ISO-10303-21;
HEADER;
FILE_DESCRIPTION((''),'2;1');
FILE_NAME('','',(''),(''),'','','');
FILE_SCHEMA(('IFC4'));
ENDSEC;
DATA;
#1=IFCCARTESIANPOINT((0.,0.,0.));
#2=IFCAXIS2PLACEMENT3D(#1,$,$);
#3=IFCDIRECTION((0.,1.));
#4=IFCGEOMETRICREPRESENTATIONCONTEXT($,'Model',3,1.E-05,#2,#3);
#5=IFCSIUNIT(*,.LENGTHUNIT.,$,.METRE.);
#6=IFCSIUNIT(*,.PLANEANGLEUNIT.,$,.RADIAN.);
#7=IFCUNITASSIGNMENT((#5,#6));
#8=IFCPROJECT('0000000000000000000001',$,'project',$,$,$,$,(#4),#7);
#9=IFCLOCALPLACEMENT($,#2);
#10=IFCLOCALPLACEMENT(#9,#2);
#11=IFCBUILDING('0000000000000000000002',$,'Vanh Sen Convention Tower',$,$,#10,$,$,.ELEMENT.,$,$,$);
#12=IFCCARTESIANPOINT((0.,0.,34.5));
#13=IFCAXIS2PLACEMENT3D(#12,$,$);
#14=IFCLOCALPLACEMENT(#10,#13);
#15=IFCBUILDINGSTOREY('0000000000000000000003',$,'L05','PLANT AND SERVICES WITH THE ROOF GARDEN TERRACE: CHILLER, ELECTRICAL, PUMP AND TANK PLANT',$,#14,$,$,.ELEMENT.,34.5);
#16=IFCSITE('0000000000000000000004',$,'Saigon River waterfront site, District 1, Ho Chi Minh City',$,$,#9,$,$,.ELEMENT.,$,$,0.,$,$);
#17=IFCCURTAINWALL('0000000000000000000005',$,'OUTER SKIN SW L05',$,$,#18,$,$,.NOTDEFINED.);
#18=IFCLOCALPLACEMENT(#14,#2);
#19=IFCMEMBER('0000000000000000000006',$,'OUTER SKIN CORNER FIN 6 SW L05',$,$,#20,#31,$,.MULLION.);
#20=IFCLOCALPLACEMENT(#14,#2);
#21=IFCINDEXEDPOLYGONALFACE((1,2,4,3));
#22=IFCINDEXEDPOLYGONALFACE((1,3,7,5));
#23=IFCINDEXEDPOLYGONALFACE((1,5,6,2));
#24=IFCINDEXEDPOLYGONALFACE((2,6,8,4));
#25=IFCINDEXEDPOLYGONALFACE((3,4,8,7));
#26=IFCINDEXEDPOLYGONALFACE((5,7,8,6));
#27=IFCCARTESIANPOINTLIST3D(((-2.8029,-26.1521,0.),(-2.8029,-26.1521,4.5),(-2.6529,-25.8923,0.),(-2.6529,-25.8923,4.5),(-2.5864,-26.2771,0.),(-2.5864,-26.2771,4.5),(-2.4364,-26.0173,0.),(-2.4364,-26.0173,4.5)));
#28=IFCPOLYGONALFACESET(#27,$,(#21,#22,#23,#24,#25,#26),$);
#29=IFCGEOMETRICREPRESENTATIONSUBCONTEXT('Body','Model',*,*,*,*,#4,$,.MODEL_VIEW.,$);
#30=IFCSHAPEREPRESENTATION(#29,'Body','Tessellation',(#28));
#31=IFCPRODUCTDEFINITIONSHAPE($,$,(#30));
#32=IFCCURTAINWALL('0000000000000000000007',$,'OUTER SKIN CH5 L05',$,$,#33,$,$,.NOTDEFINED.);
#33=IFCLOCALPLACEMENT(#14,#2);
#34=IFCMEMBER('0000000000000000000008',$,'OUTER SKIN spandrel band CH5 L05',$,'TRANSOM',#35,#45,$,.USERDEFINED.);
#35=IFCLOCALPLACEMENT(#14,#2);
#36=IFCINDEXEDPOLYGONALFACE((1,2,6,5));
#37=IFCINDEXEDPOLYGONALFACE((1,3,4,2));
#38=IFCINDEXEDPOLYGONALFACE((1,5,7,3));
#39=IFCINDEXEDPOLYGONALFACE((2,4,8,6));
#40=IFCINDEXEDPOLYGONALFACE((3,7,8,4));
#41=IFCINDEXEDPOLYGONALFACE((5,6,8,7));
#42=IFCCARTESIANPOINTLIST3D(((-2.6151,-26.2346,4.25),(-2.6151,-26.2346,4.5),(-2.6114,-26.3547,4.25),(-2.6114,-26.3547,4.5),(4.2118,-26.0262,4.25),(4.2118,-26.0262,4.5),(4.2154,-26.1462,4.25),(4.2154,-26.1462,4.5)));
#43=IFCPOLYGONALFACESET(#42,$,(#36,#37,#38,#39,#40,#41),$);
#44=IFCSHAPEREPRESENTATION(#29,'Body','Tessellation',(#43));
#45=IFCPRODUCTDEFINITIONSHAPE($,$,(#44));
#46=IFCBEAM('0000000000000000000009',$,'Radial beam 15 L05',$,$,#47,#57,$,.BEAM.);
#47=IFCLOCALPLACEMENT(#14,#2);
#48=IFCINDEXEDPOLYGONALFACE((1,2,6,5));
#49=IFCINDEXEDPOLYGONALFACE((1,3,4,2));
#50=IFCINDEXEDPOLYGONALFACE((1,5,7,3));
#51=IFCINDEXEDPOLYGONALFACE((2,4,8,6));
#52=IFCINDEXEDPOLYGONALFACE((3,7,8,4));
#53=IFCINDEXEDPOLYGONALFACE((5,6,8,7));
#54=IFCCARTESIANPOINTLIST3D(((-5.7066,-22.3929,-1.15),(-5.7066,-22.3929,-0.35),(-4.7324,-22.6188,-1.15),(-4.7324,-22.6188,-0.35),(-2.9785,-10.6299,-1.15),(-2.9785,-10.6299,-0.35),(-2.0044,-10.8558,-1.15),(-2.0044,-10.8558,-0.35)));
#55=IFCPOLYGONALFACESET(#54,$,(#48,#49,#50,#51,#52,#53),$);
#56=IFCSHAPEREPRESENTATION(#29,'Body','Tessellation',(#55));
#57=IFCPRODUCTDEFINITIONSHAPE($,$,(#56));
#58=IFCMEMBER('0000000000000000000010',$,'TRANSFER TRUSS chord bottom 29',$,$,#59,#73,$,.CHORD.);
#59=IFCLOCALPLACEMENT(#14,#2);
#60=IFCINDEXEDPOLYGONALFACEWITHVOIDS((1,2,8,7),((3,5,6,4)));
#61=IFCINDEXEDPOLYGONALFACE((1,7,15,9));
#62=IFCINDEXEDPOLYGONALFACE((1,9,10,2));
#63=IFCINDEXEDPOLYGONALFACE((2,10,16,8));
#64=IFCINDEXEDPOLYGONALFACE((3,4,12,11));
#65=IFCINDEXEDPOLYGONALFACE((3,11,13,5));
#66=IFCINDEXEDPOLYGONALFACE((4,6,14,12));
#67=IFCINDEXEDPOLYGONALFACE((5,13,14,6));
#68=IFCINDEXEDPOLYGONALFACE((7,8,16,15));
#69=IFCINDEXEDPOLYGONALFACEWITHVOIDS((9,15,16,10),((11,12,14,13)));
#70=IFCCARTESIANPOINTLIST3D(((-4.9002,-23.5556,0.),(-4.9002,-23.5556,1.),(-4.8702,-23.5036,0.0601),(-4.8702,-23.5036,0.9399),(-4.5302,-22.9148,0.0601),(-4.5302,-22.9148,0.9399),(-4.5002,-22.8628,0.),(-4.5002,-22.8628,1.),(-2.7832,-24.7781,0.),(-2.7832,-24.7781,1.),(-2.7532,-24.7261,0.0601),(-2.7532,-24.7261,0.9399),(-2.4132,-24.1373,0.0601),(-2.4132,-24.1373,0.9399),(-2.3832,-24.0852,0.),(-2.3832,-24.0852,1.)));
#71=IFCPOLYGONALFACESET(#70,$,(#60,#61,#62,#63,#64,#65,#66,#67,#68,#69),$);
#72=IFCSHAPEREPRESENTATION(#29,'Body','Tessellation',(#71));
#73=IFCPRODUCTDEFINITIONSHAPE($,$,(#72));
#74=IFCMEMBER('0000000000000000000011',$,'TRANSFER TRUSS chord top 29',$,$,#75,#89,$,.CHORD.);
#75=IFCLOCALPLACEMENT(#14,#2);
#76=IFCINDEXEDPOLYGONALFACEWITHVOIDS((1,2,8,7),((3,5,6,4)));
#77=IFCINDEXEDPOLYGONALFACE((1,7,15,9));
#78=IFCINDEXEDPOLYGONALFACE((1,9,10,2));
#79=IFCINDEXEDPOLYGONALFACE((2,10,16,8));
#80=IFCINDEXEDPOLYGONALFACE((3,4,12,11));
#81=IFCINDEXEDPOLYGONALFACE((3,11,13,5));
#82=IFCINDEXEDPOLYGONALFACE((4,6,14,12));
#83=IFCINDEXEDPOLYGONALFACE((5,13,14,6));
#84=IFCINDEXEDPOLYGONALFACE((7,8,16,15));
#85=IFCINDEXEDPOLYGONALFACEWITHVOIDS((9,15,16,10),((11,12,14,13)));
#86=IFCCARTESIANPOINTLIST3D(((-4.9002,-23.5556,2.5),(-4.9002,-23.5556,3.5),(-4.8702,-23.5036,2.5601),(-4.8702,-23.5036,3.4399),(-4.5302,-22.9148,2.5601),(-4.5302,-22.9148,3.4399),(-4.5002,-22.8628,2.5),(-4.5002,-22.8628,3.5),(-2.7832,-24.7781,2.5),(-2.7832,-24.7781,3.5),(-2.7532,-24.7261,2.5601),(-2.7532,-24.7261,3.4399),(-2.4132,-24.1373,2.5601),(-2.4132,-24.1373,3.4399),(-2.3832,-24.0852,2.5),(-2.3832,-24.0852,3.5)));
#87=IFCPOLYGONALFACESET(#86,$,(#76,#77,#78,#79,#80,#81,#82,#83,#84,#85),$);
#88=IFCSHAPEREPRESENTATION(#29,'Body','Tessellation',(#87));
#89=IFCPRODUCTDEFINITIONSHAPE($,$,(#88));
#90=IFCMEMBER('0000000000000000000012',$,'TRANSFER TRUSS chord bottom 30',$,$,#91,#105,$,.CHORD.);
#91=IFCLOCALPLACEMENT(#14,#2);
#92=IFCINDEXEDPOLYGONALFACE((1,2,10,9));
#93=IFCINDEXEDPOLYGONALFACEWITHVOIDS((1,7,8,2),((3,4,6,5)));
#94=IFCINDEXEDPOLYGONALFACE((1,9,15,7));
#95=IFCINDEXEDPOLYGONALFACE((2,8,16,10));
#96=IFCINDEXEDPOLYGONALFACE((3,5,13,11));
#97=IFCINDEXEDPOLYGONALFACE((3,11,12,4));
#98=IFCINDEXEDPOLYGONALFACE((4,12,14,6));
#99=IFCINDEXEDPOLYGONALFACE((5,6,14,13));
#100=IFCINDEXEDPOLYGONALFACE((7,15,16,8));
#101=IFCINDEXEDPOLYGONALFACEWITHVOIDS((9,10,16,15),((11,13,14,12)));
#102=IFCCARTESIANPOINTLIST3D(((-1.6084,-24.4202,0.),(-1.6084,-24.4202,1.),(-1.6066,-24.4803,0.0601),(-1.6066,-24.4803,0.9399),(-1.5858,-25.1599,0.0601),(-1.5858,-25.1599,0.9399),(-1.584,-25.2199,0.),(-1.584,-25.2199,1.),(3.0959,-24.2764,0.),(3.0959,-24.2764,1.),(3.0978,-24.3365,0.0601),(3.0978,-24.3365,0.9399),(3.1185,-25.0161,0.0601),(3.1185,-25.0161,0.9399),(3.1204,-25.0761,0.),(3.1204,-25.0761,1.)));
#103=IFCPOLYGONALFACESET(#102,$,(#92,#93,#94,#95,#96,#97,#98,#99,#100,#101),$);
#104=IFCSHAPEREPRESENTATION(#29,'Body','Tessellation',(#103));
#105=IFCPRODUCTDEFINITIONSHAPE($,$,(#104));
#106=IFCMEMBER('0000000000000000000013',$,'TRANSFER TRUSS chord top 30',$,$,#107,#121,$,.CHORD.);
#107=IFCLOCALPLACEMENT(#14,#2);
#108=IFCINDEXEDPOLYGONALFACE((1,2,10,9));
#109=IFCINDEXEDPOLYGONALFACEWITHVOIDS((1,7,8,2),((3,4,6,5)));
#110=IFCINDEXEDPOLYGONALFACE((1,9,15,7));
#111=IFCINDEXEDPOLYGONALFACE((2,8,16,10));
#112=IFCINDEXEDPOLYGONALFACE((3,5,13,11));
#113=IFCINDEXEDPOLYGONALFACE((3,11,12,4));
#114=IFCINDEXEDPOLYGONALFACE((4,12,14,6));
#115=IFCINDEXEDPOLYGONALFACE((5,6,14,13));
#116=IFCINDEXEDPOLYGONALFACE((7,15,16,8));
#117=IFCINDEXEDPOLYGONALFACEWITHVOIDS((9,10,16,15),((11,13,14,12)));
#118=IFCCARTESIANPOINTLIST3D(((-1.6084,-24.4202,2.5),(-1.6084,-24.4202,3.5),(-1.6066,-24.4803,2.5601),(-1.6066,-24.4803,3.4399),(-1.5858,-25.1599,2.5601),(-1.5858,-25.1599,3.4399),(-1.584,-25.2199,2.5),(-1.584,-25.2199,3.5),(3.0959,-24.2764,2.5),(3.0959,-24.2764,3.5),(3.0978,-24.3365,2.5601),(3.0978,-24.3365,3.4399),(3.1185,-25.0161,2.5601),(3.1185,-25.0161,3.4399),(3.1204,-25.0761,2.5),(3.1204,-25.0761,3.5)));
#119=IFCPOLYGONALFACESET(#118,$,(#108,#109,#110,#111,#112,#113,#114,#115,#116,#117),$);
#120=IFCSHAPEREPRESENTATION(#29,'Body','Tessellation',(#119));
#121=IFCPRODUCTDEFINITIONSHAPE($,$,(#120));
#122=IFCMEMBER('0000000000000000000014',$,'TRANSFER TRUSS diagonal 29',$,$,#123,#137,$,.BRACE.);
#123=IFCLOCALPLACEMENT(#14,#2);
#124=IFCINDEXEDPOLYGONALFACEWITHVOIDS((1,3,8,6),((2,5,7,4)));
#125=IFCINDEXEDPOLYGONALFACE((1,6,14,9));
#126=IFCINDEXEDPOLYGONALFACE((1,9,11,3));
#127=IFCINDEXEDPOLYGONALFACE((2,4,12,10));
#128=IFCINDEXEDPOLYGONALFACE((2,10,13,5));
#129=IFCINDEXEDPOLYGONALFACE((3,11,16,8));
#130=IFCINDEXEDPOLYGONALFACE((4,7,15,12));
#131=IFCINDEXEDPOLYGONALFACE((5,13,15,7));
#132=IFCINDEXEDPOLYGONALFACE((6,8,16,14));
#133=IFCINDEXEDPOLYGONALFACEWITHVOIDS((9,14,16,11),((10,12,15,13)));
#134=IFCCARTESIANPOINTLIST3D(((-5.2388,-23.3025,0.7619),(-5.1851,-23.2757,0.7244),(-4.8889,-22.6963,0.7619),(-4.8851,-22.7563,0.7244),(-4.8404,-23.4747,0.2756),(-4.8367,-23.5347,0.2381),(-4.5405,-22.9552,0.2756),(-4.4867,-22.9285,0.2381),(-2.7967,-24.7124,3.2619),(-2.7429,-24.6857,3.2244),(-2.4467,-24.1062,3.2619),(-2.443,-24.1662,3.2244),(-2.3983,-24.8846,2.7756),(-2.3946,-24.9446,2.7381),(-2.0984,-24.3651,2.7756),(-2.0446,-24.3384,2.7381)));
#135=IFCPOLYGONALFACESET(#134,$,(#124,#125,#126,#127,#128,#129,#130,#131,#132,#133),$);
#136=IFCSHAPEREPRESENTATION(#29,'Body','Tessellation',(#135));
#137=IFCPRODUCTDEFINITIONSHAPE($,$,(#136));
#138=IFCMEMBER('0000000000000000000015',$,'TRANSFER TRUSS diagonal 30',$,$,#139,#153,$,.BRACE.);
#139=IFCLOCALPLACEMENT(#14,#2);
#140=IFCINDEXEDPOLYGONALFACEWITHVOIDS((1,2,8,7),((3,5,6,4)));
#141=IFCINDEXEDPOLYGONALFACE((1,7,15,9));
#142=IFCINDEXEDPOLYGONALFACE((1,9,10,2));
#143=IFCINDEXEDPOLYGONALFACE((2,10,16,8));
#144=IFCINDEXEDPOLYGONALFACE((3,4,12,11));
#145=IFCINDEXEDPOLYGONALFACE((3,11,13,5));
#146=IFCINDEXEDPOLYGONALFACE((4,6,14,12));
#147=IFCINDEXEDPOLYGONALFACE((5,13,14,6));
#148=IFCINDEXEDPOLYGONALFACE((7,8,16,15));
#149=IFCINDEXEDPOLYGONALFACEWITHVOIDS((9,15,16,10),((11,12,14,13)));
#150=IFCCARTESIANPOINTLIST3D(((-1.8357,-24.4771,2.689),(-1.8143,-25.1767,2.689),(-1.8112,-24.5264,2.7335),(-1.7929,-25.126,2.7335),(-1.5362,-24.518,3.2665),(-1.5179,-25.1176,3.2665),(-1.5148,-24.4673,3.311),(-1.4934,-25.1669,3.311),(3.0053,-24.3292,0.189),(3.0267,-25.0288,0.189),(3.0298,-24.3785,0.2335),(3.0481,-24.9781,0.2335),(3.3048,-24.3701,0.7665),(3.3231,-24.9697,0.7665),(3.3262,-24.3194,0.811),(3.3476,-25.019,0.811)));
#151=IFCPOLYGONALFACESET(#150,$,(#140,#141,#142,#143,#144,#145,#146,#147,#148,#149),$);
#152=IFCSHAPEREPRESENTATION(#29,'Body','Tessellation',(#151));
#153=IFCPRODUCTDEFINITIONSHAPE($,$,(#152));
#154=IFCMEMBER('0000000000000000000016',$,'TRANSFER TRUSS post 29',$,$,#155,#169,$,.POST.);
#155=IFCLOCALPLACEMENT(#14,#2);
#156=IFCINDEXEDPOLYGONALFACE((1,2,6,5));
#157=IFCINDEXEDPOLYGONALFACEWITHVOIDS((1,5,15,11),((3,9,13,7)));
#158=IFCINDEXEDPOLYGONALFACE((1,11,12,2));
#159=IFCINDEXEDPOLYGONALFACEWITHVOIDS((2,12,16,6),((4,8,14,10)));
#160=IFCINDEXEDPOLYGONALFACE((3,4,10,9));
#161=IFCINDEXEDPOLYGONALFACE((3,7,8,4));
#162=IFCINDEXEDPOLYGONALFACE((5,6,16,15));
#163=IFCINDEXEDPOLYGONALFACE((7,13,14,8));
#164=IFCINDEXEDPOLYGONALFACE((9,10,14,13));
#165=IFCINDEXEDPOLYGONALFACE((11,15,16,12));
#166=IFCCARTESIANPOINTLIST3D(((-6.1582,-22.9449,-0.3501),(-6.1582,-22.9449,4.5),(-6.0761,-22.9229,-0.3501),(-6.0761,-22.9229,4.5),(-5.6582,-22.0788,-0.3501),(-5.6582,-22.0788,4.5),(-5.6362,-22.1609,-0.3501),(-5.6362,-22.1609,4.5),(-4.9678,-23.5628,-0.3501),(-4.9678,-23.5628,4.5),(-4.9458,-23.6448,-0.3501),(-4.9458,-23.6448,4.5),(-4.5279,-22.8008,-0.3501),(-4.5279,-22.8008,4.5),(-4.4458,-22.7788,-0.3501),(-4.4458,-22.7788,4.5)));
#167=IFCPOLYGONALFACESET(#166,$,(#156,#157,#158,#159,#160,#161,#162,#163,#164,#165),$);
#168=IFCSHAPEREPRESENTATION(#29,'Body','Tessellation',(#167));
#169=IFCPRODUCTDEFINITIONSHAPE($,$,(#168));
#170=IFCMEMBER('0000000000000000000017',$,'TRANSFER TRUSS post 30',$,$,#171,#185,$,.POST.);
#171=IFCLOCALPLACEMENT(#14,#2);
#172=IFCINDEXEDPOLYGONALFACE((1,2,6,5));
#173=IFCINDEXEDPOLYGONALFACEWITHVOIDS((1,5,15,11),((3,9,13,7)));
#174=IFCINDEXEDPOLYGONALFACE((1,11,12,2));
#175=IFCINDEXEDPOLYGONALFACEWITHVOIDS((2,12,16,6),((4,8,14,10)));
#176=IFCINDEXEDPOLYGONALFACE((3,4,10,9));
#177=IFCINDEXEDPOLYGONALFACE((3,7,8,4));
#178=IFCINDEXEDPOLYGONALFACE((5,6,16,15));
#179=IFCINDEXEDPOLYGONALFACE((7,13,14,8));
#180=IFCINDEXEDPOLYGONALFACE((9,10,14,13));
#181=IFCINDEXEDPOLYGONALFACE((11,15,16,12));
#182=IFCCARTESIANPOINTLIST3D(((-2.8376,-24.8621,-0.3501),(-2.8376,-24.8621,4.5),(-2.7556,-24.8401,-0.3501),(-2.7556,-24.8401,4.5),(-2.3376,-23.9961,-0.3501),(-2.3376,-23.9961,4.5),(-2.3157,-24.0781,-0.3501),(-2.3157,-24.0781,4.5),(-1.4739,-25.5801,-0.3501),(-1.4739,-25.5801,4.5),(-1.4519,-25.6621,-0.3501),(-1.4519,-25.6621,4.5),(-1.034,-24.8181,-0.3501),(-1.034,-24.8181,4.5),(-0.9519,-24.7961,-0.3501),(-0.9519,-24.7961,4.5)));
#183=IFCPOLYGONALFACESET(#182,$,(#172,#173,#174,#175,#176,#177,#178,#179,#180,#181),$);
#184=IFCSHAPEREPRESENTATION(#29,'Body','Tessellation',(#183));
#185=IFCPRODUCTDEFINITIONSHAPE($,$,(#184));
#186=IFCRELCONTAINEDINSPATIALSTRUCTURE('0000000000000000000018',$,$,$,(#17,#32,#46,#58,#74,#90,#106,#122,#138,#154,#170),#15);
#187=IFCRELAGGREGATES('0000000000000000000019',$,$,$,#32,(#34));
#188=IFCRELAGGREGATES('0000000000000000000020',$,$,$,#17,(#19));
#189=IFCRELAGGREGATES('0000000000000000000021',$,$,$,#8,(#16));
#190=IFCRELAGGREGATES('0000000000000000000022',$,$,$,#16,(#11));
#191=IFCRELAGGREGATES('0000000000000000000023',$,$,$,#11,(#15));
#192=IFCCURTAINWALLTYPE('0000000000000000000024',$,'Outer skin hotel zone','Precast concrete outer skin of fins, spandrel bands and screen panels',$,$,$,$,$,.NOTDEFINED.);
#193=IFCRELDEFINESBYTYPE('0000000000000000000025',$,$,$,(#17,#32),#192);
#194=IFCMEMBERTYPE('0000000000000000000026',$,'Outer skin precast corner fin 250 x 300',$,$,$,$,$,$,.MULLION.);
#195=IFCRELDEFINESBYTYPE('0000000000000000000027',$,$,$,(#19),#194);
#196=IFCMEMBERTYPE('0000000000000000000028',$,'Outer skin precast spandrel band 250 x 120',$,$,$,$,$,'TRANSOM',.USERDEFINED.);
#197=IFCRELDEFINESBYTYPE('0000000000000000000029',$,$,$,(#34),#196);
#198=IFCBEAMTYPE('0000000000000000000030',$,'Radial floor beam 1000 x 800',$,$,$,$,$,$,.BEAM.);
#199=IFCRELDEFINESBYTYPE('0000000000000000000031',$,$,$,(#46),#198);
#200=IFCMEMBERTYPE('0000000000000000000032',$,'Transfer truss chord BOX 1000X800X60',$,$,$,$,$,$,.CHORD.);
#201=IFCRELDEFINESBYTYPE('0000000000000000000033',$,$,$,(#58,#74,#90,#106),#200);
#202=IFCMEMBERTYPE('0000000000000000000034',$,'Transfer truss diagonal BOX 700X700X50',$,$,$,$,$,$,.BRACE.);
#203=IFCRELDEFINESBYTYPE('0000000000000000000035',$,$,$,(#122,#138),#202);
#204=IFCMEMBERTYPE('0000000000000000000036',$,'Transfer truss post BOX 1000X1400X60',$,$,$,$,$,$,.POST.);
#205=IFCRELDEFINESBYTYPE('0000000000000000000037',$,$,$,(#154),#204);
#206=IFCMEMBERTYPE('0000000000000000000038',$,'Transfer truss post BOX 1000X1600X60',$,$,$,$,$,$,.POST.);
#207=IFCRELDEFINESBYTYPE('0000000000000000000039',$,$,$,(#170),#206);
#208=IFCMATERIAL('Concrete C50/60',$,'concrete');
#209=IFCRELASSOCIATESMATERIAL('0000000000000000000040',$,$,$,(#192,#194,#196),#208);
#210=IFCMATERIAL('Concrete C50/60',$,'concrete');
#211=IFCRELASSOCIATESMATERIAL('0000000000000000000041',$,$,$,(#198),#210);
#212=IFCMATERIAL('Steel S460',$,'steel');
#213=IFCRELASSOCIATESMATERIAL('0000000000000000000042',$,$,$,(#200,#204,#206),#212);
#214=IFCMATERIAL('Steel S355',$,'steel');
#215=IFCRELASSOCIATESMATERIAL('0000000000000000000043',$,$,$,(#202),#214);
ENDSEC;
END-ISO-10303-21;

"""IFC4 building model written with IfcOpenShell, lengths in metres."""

from ifc_helpers import new_model, si_unit, direction, frame, origin, origin_2d, place, context, subcontext, project, spatial, rectangle, hollow_rectangle, extrude, material, material_profile, profile_set, type_object, element, aggregate, save


model = new_model("IFC4")

# Units and contexts
model_context = context("Model", 3, precision=1e-05, world=origin(), true_north=direction((0.0, 1.0)))
body_context = subcontext(model_context, "Body", "Model", "MODEL_VIEW")
ifc_project = project(units=[si_unit("LENGTHUNIT", "METRE"), si_unit("PLANEANGLEUNIT", "RADIAN")], contexts=[model_context])

# Site, building, storey
site_placement = place(None, origin())
site = spatial("IfcSite", under=ifc_project, at=site_placement, Name="Saigon River waterfront site, District 1, Ho Chi Minh City", CompositionType="ELEMENT", RefElevation=0.0)
building_placement = place(site_placement, origin())
building = spatial("IfcBuilding", under=site, at=building_placement, Name="Vanh Sen Convention Tower", CompositionType="ELEMENT")
storey_placement = place(building_placement, frame((0.0, 0.0, 34.5)))
storey = spatial("IfcBuildingStorey", under=building, at=storey_placement, Name="L05", Description="PLANT AND SERVICES WITH THE ROOF GARDEN TERRACE: CHILLER, ELECTRICAL, PUMP AND TANK PLANT", CompositionType="ELEMENT", Elevation=34.5)

# Curtain walls, members
ifc_material_1 = material(Name="Concrete C50/60", Category="concrete")
curtain_wall_type = type_object("IfcCurtainWallType", Name="Outer skin hotel zone", Description="Precast concrete outer skin of fins, spandrel bands and screen panels", PredefinedType="NOTDEFINED", material=ifc_material_1)
curtain_wall_1_placement = place(storey_placement, origin())
curtain_wall_1 = element("IfcCurtainWall", 1, at=curtain_wall_1_placement, inside=storey, type_object=curtain_wall_type, Name="OUTER SKIN SW L05", PredefinedType="NOTDEFINED")
ifc_material_profile_1 = material_profile(ifc_material_1, rectangle(XDim=0.25, YDim=0.3, at=origin_2d()), Name="Outer skin precast corner fin 250 x 300")
ifc_profile_set_1 = profile_set([ifc_material_profile_1], Name="Concrete C50/60")
member_type_1 = type_object("IfcMemberType", Name="Outer skin precast corner fin 250 x 300", PredefinedType="MULLION", material=ifc_profile_set_1)
member_1_placement = place(storey_placement, frame((-2.6196, -26.0847, 0.0), z_axis=(0.0, 0.0, 1.0), x_axis=(0.866025, -0.5, 0.0)))
member_1 = element("IfcMember", 2, at=member_1_placement, type_object=member_type_1, Name="OUTER SKIN CORNER FIN 6 SW L05", PredefinedType="MULLION", context=body_context, shape_type="SweptSolid", body=[
    extrude(rectangle(XDim=0.25, YDim=0.3, at=origin_2d()), origin(), (0.0, 0.0, 1.0), 4.5),
])
curtain_wall_2_placement = place(storey_placement, origin())
curtain_wall_2 = element("IfcCurtainWall", 3, at=curtain_wall_2_placement, inside=storey, type_object=curtain_wall_type, Name="OUTER SKIN CH5 L05", PredefinedType="NOTDEFINED")
ifc_material_profile_2 = material_profile(ifc_material_1, rectangle(XDim=0.1201, YDim=0.25, at=origin_2d()), Name="Outer skin precast spandrel band 250 x 120")
ifc_profile_set_2 = profile_set([ifc_material_profile_2], Name="Concrete C50/60")
member_type_2 = type_object("IfcMemberType", Name="Outer skin precast spandrel band 250 x 120", ElementType="TRANSOM", PredefinedType="USERDEFINED", material=ifc_profile_set_2)
member_2_placement = place(storey_placement, frame((-2.6133, -26.2947, 4.375), z_axis=(0.999534, 0.030526, 0.0), x_axis=(-0.030526, 0.999534, 0.0)))
member_2 = element("IfcMember", 4, at=member_2_placement, type_object=member_type_2, Name="OUTER SKIN spandrel band CH5 L05", ObjectType="TRANSOM", PredefinedType="USERDEFINED", context=body_context, shape_type="SweptSolid", body=[
    extrude(rectangle(XDim=0.1201, YDim=0.25, at=origin_2d()), origin(), (0.0, 0.0, 1.0), 6.8301),
])
aggregate(curtain_wall_2, [member_2])

# Beam
ifc_material_2 = material(Name="Concrete C50/60", Category="concrete")
ifc_material_profile_3 = material_profile(ifc_material_2, rectangle(XDim=1.0, YDim=0.8, at=origin_2d()), Name="RC 1000X800")
ifc_profile_set_3 = profile_set([ifc_material_profile_3], Name="Concrete C50/60")
beam_type = type_object("IfcBeamType", Name="Radial floor beam 1000 x 800", PredefinedType="BEAM", material=ifc_profile_set_3)
beam_placement = place(storey_placement, frame((-5.2195, -22.5059, -0.75), z_axis=(0.225921, 0.974146, 0.0), x_axis=(-0.974146, 0.225921, 0.0)))
element("IfcBeam", 5, at=beam_placement, inside=storey, type_object=beam_type, Name="Radial beam 15 L05", PredefinedType="BEAM", context=body_context, shape_type="SweptSolid", body=[
    extrude(rectangle(XDim=1.0, YDim=0.8, at=origin_2d()), origin(), (0.0, 0.0, 1.0), 12.0752),
])

# Members
ifc_material_3 = material(Name="Steel S460", Category="steel")
ifc_material_profile_4 = material_profile(ifc_material_3, hollow_rectangle(XDim=0.8, YDim=1.0, WallThickness=0.0601, at=origin_2d()), Name="BOX 1000X800X60")
ifc_profile_set_4 = profile_set([ifc_material_profile_4], Name="Steel S460")
member_type_3 = type_object("IfcMemberType", Name="Transfer truss chord BOX 1000X800X60", PredefinedType="CHORD", material=ifc_profile_set_4)
for number, where, z_axis, x_axis, name in (
    (6, (-4.7002, -23.2092, 0.5), (0.865991, -0.50006, 0.0), (0.50006, 0.865991, 0.0), "TRANSFER TRUSS chord bottom 29"),
    (7, (-4.7002, -23.2092, 3.0), (0.865991, -0.50006, 0.0), (0.50006, 0.865991, 0.0), "TRANSFER TRUSS chord top 29"),
):
    element("IfcMember", number, at=place(storey_placement, frame(where, z_axis=z_axis, x_axis=x_axis)), inside=storey, type_object=member_type_3, Name=name, PredefinedType="CHORD", context=body_context, shape_type="SweptSolid", body=[
        extrude(hollow_rectangle(XDim=0.8, YDim=1.0, WallThickness=0.0601, at=origin_2d()), origin(), (0.0, 0.0, 1.0), 2.4446),
    ])
for number, where, z_axis, x_axis, name in (
    (8, (-1.5962, -24.8201, 0.5), (0.999533, 0.030553, 0.0), (-0.030553, 0.999533, 0.0), "TRANSFER TRUSS chord bottom 30"),
    (9, (-1.5962, -24.8201, 3.0), (0.999533, 0.030553, 0.0), (-0.030553, 0.999533, 0.0), "TRANSFER TRUSS chord top 30"),
):
    element("IfcMember", number, at=place(storey_placement, frame(where, z_axis=z_axis, x_axis=x_axis)), inside=storey, type_object=member_type_3, Name=name, PredefinedType="CHORD", context=body_context, shape_type="SweptSolid", body=[
        extrude(hollow_rectangle(XDim=0.8, YDim=1.0, WallThickness=0.0601, at=origin_2d()), origin(), (0.0, 0.0, 1.0), 4.7065),
    ])
ifc_material_4 = material(Name="Steel S355", Category="steel")
ifc_material_profile_5 = material_profile(ifc_material_4, hollow_rectangle(XDim=0.7, YDim=0.7, WallThickness=0.05, at=origin_2d()), Name="BOX 700X700X50")
ifc_profile_set_5 = profile_set([ifc_material_profile_5], Name="Steel S355")
member_type_4 = type_object("IfcMemberType", Name="Transfer truss diagonal BOX 700X700X50", PredefinedType="BRACE", material=ifc_profile_set_5)
member_3_placement = place(storey_placement, frame((-4.8628, -23.1155, 0.5), z_axis=(0.648033, -0.374127, 0.663387), x_axis=(0.499985, 0.866034, 0.0)))
element("IfcMember", 10, at=member_3_placement, inside=storey, type_object=member_type_4, Name="TRANSFER TRUSS diagonal 29", PredefinedType="BRACE", context=body_context, shape_type="SweptSolid", body=[
    extrude(hollow_rectangle(XDim=0.7, YDim=0.7, WallThickness=0.05, at=origin_2d()), origin(), (0.0, 0.0, 1.0), 3.7686),
])
member_4_placement = place(storey_placement, frame((-1.6646, -24.822, 3.0), z_axis=(0.88819, 0.027144, -0.458675), x_axis=(-0.030547, 0.999533, 0.0)))
element("IfcMember", 11, at=member_4_placement, inside=storey, type_object=member_type_4, Name="TRANSFER TRUSS diagonal 30", PredefinedType="BRACE", context=body_context, shape_type="SweptSolid", body=[
    extrude(hollow_rectangle(XDim=0.7, YDim=0.7, WallThickness=0.05, at=origin_2d()), origin(), (0.0, 0.0, 1.0), 5.4504),
])
ifc_material_profile_6 = material_profile(ifc_material_3, hollow_rectangle(XDim=1.3999, YDim=1.0, WallThickness=0.0601, at=origin_2d()), Name="BOX 1000X1400X60")
ifc_profile_set_6 = profile_set([ifc_material_profile_6], Name="Steel S460")
member_type_5 = type_object("IfcMemberType", Name="Transfer truss post BOX 1000X1400X60", PredefinedType="POST", material=ifc_profile_set_6)
member_5_placement = place(storey_placement, frame((-5.302, -22.8618, -0.3501), z_axis=(0.0, 0.0, 1.0), x_axis=(0.866025, -0.5, 0.0)))
element("IfcMember", 12, at=member_5_placement, inside=storey, type_object=member_type_5, Name="TRANSFER TRUSS post 29", PredefinedType="POST", context=body_context, shape_type="SweptSolid", body=[
    extrude(hollow_rectangle(XDim=1.3999, YDim=1.0, WallThickness=0.0601, at=origin_2d()), origin(), (0.0, 0.0, 1.0), 4.8501),
])
ifc_material_profile_7 = material_profile(ifc_material_3, hollow_rectangle(XDim=1.6001, YDim=1.0, WallThickness=0.0601, at=origin_2d()), Name="BOX 1000X1600X60")
ifc_profile_set_7 = profile_set([ifc_material_profile_7], Name="Steel S460")
member_type_6 = type_object("IfcMemberType", Name="Transfer truss post BOX 1000X1600X60", PredefinedType="POST", material=ifc_profile_set_7)
member_6_placement = place(storey_placement, frame((-1.8948, -24.8291, -0.3501), z_axis=(0.0, 0.0, 1.0), x_axis=(0.866025, -0.5, 0.0)))
element("IfcMember", 13, at=member_6_placement, inside=storey, type_object=member_type_6, Name="TRANSFER TRUSS post 30", PredefinedType="POST", context=body_context, shape_type="SweptSolid", body=[
    extrude(hollow_rectangle(XDim=1.6001, YDim=1.0, WallThickness=0.0601, at=origin_2d()), origin(), (0.0, 0.0, 1.0), 4.8501),
])

aggregate(curtain_wall_1, [member_1])

save(model, "model.ifc")
